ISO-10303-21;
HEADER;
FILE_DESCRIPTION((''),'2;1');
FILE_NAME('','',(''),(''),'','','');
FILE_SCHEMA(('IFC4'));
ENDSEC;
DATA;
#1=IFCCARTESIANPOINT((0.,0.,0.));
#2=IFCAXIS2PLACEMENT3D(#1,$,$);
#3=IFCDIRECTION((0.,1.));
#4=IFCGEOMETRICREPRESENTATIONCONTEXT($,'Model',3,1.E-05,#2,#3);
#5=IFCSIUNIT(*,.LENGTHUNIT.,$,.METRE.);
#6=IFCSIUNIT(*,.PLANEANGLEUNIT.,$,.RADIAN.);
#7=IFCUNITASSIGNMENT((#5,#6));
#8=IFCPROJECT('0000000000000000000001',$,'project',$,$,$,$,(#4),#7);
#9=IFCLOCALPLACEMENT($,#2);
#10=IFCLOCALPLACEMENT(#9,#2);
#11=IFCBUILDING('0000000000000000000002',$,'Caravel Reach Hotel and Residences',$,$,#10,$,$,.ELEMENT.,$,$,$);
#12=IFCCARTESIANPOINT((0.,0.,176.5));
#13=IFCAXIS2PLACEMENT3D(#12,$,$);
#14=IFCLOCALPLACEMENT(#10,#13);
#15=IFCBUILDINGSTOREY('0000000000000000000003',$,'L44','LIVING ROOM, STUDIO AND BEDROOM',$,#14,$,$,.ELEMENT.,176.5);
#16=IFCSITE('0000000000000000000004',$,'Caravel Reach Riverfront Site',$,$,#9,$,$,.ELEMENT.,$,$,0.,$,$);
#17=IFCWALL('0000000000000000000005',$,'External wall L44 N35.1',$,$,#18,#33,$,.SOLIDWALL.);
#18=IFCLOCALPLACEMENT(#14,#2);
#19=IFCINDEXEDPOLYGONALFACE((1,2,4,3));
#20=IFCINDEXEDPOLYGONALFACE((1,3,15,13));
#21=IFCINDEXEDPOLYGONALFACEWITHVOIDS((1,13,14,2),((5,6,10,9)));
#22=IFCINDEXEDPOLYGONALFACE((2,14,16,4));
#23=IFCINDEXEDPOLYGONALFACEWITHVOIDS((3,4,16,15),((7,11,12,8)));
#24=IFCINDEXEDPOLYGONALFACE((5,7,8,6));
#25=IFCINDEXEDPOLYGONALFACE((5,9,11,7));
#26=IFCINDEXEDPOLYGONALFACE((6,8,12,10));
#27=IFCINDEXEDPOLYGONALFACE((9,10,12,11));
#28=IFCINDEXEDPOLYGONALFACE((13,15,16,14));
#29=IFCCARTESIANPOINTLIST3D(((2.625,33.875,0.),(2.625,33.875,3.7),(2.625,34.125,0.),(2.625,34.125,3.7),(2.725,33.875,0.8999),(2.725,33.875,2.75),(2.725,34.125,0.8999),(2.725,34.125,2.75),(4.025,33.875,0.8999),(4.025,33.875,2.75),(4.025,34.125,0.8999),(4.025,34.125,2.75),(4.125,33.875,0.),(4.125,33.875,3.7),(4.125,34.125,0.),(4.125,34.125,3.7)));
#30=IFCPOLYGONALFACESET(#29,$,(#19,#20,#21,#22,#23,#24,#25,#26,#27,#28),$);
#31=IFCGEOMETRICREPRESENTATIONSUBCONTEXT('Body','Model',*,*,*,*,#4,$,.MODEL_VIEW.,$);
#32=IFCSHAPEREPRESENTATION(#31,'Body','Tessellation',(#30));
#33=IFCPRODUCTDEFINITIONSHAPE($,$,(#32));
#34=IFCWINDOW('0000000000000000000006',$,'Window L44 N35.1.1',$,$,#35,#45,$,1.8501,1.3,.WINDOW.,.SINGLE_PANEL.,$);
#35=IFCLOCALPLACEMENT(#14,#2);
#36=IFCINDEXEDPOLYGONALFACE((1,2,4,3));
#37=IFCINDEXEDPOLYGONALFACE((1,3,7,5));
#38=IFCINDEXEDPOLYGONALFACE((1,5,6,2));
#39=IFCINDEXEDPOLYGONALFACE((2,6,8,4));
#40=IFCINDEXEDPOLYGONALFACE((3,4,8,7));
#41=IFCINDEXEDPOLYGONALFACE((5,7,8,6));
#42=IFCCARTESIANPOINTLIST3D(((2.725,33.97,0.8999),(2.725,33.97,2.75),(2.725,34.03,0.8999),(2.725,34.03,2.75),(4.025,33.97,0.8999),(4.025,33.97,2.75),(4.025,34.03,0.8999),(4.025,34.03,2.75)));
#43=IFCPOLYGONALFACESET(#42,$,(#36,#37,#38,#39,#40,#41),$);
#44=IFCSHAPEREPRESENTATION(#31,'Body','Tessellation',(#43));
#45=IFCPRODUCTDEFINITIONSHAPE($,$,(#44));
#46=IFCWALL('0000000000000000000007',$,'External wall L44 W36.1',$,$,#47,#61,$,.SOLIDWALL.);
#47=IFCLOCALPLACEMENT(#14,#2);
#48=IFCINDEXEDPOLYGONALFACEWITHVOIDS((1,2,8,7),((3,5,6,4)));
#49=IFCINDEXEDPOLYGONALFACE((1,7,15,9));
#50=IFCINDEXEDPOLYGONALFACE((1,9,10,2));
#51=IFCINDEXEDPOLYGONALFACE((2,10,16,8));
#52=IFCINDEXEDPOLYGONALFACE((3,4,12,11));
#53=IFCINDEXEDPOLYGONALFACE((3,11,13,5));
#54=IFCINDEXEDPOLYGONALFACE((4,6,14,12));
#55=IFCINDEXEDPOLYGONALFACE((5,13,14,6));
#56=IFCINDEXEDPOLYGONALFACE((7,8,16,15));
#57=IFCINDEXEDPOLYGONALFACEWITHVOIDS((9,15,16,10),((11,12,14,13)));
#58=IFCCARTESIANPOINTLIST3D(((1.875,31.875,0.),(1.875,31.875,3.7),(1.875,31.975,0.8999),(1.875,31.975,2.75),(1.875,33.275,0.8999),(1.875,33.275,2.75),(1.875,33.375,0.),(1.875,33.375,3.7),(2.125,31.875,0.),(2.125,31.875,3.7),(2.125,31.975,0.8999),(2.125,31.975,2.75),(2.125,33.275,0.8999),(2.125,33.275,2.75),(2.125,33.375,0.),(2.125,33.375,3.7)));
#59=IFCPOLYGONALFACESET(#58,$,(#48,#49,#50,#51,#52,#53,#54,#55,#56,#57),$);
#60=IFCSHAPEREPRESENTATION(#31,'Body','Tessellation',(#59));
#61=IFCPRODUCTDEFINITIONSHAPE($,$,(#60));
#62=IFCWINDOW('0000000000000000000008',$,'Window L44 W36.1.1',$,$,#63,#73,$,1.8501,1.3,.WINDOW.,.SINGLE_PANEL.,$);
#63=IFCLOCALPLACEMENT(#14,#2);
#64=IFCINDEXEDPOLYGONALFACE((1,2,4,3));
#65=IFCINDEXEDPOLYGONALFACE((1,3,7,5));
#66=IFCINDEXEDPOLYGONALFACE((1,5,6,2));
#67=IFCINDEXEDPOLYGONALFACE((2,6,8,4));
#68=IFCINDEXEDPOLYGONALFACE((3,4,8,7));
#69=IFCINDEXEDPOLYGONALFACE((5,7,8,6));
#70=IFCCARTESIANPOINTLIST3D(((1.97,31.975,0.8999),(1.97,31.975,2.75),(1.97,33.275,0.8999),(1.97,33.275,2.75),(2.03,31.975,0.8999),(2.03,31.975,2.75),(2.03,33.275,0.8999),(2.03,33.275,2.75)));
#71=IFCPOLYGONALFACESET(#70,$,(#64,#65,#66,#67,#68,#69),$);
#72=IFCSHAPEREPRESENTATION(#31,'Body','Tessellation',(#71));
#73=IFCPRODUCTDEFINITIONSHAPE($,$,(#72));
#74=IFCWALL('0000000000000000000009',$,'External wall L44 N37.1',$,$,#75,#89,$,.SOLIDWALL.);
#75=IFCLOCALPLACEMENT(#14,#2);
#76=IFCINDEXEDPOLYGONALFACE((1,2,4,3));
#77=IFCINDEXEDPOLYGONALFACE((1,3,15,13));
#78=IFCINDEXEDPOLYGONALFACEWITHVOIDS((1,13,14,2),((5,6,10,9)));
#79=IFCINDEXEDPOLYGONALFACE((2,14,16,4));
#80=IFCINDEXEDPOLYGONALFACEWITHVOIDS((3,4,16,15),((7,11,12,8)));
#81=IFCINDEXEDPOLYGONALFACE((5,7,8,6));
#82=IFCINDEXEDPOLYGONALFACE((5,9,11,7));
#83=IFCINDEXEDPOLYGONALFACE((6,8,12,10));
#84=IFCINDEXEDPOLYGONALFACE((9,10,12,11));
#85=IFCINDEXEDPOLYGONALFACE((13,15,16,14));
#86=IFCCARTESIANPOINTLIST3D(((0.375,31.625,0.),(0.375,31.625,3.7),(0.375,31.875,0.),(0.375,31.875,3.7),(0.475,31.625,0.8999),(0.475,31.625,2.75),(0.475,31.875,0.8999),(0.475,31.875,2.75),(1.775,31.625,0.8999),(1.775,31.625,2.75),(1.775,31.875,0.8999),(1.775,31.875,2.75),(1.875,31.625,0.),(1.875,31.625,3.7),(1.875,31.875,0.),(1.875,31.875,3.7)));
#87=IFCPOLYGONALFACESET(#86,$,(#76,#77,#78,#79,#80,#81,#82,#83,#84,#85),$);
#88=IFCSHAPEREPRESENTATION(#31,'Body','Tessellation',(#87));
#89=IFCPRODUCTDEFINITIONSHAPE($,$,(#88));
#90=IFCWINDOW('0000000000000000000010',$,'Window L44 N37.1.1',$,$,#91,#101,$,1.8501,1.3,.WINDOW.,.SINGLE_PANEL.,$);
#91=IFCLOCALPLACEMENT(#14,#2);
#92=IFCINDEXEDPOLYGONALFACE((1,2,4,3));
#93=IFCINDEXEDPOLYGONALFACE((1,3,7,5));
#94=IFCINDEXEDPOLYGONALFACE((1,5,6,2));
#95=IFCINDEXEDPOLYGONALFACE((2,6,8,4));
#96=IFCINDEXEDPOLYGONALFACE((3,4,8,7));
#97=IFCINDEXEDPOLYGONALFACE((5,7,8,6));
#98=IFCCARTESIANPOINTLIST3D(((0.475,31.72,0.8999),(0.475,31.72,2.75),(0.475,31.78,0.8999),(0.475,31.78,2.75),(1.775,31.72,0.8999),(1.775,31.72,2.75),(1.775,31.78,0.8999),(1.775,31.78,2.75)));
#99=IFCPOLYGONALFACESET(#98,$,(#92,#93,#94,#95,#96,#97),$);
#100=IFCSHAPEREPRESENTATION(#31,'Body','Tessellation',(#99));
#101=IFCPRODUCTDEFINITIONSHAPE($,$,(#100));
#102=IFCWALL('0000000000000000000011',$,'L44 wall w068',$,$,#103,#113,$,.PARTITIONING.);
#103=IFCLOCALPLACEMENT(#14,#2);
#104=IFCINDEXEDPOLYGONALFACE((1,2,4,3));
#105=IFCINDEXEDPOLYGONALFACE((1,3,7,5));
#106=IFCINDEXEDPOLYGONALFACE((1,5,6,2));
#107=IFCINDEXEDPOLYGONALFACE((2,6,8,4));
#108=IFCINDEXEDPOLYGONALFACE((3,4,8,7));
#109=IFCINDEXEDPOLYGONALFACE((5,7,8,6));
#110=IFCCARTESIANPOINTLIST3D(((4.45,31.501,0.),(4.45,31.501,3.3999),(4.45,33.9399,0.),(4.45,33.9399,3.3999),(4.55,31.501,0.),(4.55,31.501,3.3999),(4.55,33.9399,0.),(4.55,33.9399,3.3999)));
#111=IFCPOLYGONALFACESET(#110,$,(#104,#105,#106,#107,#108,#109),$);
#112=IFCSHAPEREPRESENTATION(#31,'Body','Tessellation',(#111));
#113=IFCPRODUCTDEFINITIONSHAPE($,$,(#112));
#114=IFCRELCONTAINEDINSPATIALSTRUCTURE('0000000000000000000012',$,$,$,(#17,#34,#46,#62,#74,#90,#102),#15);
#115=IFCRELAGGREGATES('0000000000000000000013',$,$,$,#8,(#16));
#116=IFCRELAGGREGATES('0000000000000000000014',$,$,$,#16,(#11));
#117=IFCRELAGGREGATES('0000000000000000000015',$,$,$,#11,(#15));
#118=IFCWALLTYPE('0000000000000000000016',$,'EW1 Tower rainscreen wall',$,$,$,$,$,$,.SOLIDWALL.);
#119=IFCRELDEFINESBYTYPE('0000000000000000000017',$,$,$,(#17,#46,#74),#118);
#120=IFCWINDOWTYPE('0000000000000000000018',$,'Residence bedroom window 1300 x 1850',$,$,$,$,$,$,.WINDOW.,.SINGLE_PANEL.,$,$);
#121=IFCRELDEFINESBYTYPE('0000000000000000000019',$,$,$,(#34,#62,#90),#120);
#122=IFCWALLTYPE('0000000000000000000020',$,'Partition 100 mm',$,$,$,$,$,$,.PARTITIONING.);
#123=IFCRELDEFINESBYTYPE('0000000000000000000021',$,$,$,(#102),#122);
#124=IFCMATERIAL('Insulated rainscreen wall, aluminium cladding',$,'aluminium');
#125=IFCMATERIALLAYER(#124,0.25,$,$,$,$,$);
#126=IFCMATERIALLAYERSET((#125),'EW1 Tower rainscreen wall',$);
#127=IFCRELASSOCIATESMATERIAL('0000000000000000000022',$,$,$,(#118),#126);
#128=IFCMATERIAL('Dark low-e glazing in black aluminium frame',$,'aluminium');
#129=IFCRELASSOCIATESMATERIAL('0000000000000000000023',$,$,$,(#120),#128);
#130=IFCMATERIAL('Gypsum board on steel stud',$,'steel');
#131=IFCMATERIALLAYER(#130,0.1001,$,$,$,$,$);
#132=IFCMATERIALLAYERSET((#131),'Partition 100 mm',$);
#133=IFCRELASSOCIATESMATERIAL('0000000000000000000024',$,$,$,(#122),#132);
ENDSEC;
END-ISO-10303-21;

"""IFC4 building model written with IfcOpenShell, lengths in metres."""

from ifc_helpers import new_model, si_unit, direction, frame, frame_2d, origin, place, context, subcontext, project, spatial, rectangle, extrude, material, layer, layer_set, type_object, element, fill, save


model = new_model("IFC4")

# Units and contexts
model_context = context("Model", 3, precision=1e-05, world=origin(), true_north=direction((0.0, 1.0)))
body_context = subcontext(model_context, "Body", "Model", "MODEL_VIEW")
ifc_project = project(units=[si_unit("LENGTHUNIT", "METRE"), si_unit("PLANEANGLEUNIT", "RADIAN")], contexts=[model_context])

# Site, building, storey
site_placement = place(None, origin())
site = spatial("IfcSite", under=ifc_project, at=site_placement, Name="Caravel Reach Riverfront Site", CompositionType="ELEMENT", RefElevation=0.0)
building_placement = place(site_placement, origin())
building = spatial("IfcBuilding", under=site, at=building_placement, Name="Caravel Reach Hotel and Residences", CompositionType="ELEMENT")
storey_placement = place(building_placement, frame((0.0, 0.0, 176.5)))
storey = spatial("IfcBuildingStorey", under=building, at=storey_placement, Name="L44", Description="LIVING ROOM, STUDIO AND BEDROOM", CompositionType="ELEMENT", Elevation=176.5)

# Shared definitions
ifc_material_1 = material(Name="Insulated rainscreen wall, aluminium cladding", Category="aluminium")
ifc_layer_1 = layer(ifc_material_1, 0.25)
ifc_layer_set_1 = layer_set([ifc_layer_1], Name="EW1 Tower rainscreen wall")
wall_type_1 = type_object("IfcWallType", Name="EW1 Tower rainscreen wall", PredefinedType="SOLIDWALL", material=ifc_layer_set_1)

# Walls, openings, windows
ifc_material_2 = material(Name="Dark low-e glazing in black aluminium frame", Category="aluminium")
window_type_1 = type_object("IfcWindowType", Name="Residence bedroom window 1300 x 1850", PartitioningType="SINGLE_PANEL", PredefinedType="WINDOW", material=ifc_material_2)
wall_1_placement = place(storey_placement, frame((4.125, 34.0, 0.0), z_axis=(0.0, 0.0, 1.0), x_axis=(-1.0, 0.0, 0.0)))
wall_1 = element("IfcWall", 1, at=wall_1_placement, inside=storey, type_object=wall_type_1, Name="External wall L44 N35.1", PredefinedType="SOLIDWALL", context=body_context, shape_type="SweptSolid", body=[
    extrude(rectangle(XDim=1.5, YDim=0.25, at=frame_2d((0.75, 0.0))), origin(), (0.0, 0.0, 1.0), 3.7),
])
opening_1_placement = place(wall_1_placement, frame((0.1001, 0.0, 0.8999)))
opening_1 = element("IfcOpeningElement", 2, at=opening_1_placement, cuts=wall_1, PredefinedType="OPENING", context=body_context, shape_type="SweptSolid", body=[
    extrude(rectangle(XDim=1.3, YDim=1.8501, at=frame_2d((0.6499, 0.925))), frame((0.0, 0.135, 0.0), z_axis=(0.0, -1.0, 0.0), x_axis=(1.0, 0.0, 0.0)), (0.0, 0.0, 1.0), 0.27),
])
window_1_placement = place(opening_1_placement, origin())
window_1 = element("IfcWindow", 3, at=window_1_placement, inside=storey, type_object=window_type_1, Name="Window L44 N35.1.1", OverallHeight=1.8501, OverallWidth=1.3, PartitioningType="SINGLE_PANEL", PredefinedType="WINDOW", context=body_context, shape_type="SweptSolid", body=[
    extrude(rectangle(XDim=1.3, YDim=1.8501, at=frame_2d((0.6499, 0.925))), frame((0.0, 0.03, 0.0), z_axis=(0.0, -1.0, 0.0), x_axis=(1.0, 0.0, 0.0)), (0.0, 0.0, 1.0), 0.0601),
])
fill(opening_1, window_1)
wall_2_placement = place(storey_placement, frame((2.0, 33.375, 0.0), z_axis=(0.0, 0.0, 1.0), x_axis=(0.0, -1.0, 0.0)))
wall_2 = element("IfcWall", 4, at=wall_2_placement, inside=storey, type_object=wall_type_1, Name="External wall L44 W36.1", PredefinedType="SOLIDWALL", context=body_context, shape_type="SweptSolid", body=[
    extrude(rectangle(XDim=1.5, YDim=0.25, at=frame_2d((0.75, 0.0))), origin(), (0.0, 0.0, 1.0), 3.7),
])
opening_2_placement = place(wall_2_placement, frame((0.1001, 0.0, 0.8999)))
opening_2 = element("IfcOpeningElement", 5, at=opening_2_placement, cuts=wall_2, PredefinedType="OPENING", context=body_context, shape_type="SweptSolid", body=[
    extrude(rectangle(XDim=1.3, YDim=1.8501, at=frame_2d((0.6499, 0.925))), frame((0.0, 0.135, 0.0), z_axis=(0.0, -1.0, 0.0), x_axis=(1.0, 0.0, 0.0)), (0.0, 0.0, 1.0), 0.27),
])
window_2_placement = place(opening_2_placement, origin())
window_2 = element("IfcWindow", 6, at=window_2_placement, inside=storey, type_object=window_type_1, Name="Window L44 W36.1.1", OverallHeight=1.8501, OverallWidth=1.3, PartitioningType="SINGLE_PANEL", PredefinedType="WINDOW", context=body_context, shape_type="SweptSolid", body=[
    extrude(rectangle(XDim=1.3, YDim=1.8501, at=frame_2d((0.6499, 0.925))), frame((0.0, 0.03, 0.0), z_axis=(0.0, -1.0, 0.0), x_axis=(1.0, 0.0, 0.0)), (0.0, 0.0, 1.0), 0.0601),
])
fill(opening_2, window_2)
wall_3_placement = place(storey_placement, frame((1.875, 31.75, 0.0), z_axis=(0.0, 0.0, 1.0), x_axis=(-1.0, 0.0, 0.0)))
wall_3 = element("IfcWall", 7, at=wall_3_placement, inside=storey, type_object=wall_type_1, Name="External wall L44 N37.1", PredefinedType="SOLIDWALL", context=body_context, shape_type="SweptSolid", body=[
    extrude(rectangle(XDim=1.5, YDim=0.25, at=frame_2d((0.75, 0.0))), origin(), (0.0, 0.0, 1.0), 3.7),
])
opening_3_placement = place(wall_3_placement, frame((0.1001, 0.0, 0.8999)))
opening_3 = element("IfcOpeningElement", 8, at=opening_3_placement, cuts=wall_3, PredefinedType="OPENING", context=body_context, shape_type="SweptSolid", body=[
    extrude(rectangle(XDim=1.3, YDim=1.8501, at=frame_2d((0.6499, 0.925))), frame((0.0, 0.135, 0.0), z_axis=(0.0, -1.0, 0.0), x_axis=(1.0, 0.0, 0.0)), (0.0, 0.0, 1.0), 0.27),
])
window_3_placement = place(opening_3_placement, origin())
window_3 = element("IfcWindow", 9, at=window_3_placement, inside=storey, type_object=window_type_1, Name="Window L44 N37.1.1", OverallHeight=1.8501, OverallWidth=1.3, PartitioningType="SINGLE_PANEL", PredefinedType="WINDOW", context=body_context, shape_type="SweptSolid", body=[
    extrude(rectangle(XDim=1.3, YDim=1.8501, at=frame_2d((0.6499, 0.925))), frame((0.0, 0.03, 0.0), z_axis=(0.0, -1.0, 0.0), x_axis=(1.0, 0.0, 0.0)), (0.0, 0.0, 1.0), 0.0601),
])
fill(opening_3, window_3)

# Wall
ifc_material_3 = material(Name="Gypsum board on steel stud", Category="steel")
ifc_layer_2 = layer(ifc_material_3, 0.1001)
ifc_layer_set_2 = layer_set([ifc_layer_2], Name="Partition 100 mm")
wall_type_2 = type_object("IfcWallType", Name="Partition 100 mm", PredefinedType="PARTITIONING", material=ifc_layer_set_2)
wall_4_placement = place(storey_placement, frame((4.5, 31.501, 0.0), z_axis=(0.0, 0.0, 1.0), x_axis=(0.0, 1.0, 0.0)))
element("IfcWall", 10, at=wall_4_placement, inside=storey, type_object=wall_type_2, Name="L44 wall w068", PredefinedType="PARTITIONING", context=body_context, shape_type="SweptSolid", body=[
    extrude(rectangle(XDim=2.439, YDim=0.1001, at=frame_2d((1.2195, 0.0))), origin(), (0.0, 0.0, 1.0), 3.3999),
])

save(model, "model.ifc")
